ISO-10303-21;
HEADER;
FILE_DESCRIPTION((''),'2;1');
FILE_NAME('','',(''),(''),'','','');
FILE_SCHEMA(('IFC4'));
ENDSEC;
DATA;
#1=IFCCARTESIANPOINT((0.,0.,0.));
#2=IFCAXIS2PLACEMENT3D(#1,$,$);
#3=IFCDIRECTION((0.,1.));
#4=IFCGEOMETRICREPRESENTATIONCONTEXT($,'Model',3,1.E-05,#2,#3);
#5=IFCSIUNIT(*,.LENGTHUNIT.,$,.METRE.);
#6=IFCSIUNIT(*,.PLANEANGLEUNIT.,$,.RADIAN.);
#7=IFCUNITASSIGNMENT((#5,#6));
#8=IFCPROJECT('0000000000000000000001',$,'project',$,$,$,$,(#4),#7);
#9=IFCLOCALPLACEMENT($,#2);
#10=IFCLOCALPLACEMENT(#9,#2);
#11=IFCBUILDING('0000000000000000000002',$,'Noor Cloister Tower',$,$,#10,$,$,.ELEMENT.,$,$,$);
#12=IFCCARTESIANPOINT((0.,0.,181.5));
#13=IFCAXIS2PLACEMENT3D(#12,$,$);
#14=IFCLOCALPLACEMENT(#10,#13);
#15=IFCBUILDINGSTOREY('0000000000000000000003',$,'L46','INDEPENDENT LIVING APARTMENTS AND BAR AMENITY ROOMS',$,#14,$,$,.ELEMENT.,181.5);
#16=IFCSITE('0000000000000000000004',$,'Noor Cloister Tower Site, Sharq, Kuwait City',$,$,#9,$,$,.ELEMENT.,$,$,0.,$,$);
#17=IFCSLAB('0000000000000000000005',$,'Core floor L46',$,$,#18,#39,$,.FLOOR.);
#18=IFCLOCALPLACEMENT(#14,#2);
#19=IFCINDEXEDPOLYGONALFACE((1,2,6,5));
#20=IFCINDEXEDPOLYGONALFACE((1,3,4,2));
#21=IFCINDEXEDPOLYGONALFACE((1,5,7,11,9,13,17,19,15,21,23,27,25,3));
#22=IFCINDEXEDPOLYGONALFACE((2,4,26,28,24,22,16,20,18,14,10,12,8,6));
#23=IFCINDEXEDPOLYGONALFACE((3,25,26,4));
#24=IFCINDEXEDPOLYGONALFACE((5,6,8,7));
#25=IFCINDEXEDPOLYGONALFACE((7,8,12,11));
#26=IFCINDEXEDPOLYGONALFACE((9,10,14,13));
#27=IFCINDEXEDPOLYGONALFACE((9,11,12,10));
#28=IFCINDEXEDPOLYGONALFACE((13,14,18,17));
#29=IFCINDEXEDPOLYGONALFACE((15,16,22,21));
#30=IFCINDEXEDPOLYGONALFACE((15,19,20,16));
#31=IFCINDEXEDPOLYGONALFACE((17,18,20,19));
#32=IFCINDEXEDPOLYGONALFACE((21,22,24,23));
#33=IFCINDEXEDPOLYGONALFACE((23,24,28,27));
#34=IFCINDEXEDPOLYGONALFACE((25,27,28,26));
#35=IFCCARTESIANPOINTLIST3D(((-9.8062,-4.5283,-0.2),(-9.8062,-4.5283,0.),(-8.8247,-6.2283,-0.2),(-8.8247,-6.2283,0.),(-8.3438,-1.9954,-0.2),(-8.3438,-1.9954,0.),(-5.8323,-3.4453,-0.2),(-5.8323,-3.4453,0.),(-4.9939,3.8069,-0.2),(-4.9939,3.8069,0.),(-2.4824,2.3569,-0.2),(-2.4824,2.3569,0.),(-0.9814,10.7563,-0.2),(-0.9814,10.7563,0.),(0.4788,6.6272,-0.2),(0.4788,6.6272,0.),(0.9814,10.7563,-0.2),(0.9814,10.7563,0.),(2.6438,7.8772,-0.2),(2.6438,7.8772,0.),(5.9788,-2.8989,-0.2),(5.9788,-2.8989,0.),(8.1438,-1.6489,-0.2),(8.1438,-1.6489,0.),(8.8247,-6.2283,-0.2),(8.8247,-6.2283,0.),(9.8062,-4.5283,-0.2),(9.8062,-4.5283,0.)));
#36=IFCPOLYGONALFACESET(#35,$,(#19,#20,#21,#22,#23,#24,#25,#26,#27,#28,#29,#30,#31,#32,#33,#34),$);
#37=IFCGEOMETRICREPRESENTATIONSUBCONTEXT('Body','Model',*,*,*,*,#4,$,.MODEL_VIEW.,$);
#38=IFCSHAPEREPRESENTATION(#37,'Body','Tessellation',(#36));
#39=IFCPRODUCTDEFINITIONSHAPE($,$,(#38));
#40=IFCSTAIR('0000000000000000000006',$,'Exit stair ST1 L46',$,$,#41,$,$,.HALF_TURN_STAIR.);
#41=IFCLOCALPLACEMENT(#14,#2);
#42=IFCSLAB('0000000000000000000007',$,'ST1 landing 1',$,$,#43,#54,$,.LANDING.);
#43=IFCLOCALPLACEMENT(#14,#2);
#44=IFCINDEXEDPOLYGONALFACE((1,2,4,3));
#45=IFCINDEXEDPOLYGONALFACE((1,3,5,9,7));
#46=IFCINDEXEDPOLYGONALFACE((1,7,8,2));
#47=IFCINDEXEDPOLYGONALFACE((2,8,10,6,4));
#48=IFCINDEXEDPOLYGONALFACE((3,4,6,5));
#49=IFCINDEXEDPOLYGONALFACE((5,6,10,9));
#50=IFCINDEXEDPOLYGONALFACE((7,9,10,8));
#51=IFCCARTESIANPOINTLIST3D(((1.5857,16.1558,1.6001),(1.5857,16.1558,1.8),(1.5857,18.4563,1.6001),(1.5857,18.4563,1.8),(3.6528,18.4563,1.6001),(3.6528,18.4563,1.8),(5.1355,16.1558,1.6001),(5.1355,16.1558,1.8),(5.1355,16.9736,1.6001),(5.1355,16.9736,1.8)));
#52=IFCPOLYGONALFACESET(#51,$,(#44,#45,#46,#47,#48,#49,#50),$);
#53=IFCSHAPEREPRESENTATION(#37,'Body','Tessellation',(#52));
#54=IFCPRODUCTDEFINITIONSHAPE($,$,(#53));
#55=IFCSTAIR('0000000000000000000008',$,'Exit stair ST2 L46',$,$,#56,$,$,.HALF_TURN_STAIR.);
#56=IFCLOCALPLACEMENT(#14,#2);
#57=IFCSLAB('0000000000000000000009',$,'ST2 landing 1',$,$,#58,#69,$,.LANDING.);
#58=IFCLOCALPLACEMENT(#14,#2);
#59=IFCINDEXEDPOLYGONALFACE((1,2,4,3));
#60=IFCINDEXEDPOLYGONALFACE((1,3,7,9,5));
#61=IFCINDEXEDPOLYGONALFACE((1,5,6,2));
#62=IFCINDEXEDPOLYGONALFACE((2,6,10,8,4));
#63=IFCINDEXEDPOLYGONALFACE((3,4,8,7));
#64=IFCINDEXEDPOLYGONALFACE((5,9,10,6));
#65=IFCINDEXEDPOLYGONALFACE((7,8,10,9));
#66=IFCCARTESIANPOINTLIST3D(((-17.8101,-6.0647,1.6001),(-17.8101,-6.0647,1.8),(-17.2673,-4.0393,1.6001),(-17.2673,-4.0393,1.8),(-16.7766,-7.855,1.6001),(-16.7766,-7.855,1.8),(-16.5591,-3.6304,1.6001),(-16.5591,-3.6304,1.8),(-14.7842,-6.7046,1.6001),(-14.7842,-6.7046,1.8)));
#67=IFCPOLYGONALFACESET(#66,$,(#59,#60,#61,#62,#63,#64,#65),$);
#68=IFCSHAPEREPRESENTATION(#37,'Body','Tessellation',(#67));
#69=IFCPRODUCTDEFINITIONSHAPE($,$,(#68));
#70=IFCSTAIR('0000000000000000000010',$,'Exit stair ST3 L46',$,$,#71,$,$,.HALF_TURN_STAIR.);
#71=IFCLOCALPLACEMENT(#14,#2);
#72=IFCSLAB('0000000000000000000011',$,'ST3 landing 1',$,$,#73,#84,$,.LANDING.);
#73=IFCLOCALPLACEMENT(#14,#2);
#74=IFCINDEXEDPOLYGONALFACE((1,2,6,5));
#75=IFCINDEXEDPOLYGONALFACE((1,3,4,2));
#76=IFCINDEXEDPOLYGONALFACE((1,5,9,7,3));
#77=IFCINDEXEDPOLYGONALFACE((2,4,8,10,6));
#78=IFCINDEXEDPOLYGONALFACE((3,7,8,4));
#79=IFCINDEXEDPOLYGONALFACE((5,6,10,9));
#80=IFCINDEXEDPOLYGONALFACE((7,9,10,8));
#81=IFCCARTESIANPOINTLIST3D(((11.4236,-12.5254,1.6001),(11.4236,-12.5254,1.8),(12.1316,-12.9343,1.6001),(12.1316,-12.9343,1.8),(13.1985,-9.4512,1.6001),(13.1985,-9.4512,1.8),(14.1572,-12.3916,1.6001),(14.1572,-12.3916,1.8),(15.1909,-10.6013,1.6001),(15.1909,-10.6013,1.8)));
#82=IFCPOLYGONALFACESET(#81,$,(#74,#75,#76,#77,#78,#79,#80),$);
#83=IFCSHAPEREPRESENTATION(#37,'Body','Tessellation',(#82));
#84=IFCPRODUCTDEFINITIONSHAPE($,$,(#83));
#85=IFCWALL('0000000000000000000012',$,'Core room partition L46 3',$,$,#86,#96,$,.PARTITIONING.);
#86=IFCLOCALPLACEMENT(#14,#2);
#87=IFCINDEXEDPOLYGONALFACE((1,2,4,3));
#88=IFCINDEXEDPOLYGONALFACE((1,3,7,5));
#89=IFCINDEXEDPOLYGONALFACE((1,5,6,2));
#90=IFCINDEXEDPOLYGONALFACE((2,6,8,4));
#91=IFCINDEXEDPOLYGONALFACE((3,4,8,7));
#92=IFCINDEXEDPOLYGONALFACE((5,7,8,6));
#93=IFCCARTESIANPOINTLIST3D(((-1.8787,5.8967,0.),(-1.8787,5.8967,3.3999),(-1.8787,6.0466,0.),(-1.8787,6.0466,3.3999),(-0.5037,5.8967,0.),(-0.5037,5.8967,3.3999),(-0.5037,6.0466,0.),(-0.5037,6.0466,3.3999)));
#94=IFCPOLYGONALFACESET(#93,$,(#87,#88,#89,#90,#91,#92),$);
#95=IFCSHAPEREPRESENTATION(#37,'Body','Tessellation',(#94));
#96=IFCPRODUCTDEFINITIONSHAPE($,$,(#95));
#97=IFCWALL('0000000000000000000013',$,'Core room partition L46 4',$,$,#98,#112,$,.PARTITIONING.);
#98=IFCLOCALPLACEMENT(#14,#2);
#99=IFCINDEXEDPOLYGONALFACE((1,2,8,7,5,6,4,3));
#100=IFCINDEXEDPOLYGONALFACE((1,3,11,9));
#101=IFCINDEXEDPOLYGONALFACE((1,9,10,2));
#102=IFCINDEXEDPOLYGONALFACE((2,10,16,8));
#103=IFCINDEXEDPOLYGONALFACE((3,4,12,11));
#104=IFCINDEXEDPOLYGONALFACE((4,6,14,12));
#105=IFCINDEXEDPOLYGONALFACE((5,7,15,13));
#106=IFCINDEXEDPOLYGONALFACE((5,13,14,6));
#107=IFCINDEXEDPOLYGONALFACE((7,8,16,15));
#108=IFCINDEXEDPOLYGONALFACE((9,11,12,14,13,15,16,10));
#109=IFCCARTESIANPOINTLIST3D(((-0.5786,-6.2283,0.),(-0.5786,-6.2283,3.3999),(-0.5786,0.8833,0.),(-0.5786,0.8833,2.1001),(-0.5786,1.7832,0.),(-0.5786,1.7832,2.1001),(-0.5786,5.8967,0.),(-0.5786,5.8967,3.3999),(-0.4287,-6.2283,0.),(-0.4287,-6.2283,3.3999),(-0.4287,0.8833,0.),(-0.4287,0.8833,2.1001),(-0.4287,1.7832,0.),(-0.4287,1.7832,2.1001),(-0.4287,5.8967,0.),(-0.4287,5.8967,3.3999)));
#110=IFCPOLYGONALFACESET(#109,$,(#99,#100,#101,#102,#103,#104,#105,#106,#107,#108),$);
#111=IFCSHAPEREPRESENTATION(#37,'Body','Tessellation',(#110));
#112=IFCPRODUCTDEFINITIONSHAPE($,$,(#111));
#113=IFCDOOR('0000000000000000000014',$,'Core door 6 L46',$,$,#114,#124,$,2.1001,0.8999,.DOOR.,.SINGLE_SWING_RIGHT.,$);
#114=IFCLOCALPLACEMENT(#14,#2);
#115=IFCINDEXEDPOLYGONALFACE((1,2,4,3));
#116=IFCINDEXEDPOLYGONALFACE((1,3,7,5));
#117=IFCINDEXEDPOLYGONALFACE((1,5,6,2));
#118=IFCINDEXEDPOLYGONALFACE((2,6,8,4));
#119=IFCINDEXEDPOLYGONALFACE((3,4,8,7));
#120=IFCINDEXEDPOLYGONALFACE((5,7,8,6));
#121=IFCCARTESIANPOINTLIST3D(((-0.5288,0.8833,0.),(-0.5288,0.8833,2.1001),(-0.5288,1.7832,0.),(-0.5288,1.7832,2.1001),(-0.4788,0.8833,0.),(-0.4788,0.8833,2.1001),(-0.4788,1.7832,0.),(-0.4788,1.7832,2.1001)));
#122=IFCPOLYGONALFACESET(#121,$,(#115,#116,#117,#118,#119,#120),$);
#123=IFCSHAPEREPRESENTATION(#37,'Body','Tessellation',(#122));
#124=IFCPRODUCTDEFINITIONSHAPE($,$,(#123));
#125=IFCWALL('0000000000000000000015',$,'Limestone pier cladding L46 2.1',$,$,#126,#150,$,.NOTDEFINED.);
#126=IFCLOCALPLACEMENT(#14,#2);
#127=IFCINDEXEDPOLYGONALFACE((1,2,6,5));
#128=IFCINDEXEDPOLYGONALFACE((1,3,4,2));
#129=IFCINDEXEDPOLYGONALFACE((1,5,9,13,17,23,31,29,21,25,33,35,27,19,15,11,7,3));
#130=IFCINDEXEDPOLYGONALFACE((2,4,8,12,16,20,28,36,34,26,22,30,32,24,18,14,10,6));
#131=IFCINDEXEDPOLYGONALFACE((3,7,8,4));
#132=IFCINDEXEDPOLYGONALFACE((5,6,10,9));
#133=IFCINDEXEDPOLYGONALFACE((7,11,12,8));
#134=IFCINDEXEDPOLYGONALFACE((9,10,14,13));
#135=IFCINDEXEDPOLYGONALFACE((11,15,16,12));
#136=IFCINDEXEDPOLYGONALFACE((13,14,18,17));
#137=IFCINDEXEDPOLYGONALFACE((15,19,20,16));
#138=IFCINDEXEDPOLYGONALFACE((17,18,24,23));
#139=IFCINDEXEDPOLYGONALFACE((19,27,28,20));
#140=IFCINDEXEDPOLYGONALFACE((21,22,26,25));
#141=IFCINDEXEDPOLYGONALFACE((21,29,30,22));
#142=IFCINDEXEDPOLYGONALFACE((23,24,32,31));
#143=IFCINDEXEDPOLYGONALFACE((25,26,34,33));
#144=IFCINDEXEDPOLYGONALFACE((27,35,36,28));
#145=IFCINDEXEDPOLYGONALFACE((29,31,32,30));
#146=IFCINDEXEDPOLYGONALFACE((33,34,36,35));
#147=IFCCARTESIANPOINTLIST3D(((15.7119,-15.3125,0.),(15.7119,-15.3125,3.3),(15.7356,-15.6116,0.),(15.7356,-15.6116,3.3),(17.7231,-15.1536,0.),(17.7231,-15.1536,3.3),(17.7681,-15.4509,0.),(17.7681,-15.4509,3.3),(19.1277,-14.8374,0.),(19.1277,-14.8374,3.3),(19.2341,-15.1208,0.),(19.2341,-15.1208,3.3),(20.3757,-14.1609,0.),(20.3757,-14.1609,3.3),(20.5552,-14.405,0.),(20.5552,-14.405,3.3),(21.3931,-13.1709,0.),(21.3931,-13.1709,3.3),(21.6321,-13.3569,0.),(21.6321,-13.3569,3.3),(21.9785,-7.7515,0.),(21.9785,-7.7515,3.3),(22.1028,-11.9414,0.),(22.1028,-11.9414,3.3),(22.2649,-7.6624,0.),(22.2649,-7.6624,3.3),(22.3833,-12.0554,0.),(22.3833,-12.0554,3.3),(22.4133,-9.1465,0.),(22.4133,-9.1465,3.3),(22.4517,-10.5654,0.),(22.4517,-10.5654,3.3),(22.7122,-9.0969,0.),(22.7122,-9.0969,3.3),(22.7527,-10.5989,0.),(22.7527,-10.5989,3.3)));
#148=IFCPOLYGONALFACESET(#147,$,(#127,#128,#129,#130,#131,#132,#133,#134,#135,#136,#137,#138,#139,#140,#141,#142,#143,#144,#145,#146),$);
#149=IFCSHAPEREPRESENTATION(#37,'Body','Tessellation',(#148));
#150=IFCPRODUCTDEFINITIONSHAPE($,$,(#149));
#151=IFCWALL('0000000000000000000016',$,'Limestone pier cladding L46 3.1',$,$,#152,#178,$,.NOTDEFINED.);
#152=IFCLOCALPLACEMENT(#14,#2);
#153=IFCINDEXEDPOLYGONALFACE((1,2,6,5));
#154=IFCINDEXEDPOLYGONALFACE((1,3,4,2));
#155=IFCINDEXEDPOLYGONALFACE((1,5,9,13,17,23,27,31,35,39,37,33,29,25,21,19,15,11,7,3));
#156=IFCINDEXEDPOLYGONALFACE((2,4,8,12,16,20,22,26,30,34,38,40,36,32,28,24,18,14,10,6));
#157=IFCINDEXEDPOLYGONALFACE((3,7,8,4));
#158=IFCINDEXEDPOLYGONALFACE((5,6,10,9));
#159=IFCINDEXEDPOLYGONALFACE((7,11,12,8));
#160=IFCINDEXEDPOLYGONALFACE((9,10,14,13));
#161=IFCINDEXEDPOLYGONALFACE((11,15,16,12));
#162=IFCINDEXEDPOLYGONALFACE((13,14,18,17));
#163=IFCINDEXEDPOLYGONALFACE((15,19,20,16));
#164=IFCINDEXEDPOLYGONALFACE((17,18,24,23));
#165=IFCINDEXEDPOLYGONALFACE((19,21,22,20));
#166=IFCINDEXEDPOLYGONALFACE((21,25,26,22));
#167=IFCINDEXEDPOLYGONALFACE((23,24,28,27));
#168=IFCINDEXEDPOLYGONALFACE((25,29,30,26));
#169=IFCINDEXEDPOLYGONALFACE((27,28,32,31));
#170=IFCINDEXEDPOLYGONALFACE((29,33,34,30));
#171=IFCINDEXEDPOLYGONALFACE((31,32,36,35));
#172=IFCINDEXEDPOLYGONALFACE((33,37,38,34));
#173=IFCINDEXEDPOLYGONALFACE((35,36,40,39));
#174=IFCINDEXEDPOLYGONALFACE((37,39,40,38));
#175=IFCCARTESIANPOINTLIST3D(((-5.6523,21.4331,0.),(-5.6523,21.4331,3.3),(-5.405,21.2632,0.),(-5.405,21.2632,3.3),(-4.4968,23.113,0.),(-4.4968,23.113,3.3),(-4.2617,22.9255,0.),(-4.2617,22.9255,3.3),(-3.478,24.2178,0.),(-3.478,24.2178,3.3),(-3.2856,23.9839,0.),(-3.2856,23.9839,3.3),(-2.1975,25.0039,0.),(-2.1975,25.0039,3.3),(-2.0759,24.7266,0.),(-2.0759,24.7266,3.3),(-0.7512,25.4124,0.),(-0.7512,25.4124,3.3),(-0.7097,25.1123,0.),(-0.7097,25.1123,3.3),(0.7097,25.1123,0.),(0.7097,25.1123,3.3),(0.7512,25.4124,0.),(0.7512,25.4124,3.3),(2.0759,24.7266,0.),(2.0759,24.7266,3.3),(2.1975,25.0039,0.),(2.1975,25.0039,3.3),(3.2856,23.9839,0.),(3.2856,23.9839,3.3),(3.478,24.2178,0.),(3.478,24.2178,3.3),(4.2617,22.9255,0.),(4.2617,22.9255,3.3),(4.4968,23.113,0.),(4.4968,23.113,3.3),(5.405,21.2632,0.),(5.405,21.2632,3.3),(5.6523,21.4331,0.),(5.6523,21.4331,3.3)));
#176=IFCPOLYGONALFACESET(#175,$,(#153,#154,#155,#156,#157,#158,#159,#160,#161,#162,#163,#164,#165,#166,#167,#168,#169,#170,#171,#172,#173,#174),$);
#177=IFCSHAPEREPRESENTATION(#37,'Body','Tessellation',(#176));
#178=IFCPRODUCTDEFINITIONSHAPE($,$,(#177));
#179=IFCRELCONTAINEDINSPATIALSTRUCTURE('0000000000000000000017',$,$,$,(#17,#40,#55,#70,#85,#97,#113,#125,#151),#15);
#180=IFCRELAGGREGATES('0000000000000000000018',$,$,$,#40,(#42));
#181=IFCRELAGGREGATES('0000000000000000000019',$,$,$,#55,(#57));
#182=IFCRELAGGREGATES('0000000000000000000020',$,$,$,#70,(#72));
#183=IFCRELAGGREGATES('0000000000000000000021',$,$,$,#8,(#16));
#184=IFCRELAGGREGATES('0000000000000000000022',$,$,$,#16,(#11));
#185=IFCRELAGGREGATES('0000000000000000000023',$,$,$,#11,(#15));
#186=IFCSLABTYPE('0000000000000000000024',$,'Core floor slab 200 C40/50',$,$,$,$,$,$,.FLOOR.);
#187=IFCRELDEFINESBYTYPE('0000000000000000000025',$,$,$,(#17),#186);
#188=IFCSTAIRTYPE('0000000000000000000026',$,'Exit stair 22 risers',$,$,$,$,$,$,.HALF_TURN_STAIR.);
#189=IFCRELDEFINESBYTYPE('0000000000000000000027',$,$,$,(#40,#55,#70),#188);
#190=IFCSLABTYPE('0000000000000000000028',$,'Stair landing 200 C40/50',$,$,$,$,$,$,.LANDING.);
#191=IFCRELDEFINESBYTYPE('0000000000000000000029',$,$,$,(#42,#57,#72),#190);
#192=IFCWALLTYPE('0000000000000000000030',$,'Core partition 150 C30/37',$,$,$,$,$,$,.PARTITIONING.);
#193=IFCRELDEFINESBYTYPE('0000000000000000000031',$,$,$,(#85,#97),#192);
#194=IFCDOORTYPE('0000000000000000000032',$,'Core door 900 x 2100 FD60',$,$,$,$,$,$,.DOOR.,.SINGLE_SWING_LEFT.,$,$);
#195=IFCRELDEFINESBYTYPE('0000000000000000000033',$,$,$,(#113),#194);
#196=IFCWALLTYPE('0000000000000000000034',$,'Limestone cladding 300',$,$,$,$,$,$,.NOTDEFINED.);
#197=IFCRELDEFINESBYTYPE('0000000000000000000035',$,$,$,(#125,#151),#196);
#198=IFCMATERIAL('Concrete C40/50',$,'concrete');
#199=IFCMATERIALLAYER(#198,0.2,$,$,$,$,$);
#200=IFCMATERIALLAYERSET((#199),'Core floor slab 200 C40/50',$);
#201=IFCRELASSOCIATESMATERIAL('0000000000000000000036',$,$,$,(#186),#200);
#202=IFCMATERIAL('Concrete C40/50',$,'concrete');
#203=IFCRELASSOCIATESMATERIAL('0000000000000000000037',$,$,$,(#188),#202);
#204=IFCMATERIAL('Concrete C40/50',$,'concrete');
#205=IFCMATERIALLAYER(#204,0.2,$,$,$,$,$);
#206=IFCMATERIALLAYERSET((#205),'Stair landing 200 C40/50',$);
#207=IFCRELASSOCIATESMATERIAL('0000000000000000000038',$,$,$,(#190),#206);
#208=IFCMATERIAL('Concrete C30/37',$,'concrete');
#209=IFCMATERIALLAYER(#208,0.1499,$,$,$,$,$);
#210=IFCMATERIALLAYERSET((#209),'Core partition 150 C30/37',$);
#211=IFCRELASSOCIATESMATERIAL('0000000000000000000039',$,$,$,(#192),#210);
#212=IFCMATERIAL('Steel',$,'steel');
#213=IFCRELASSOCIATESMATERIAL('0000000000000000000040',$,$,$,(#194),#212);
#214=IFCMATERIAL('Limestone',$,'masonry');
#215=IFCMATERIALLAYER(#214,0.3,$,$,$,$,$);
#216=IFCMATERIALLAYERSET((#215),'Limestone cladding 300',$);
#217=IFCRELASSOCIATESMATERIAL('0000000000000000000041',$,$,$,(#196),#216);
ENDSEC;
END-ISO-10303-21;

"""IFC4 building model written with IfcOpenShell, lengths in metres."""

from ifc_helpers import new_model, si_unit, direction, frame, frame_2d, origin, place, context, subcontext, project, spatial, polyline, rectangle, outline, extrude, material, layer, layer_set, type_object, element, fill, aggregate, save


model = new_model("IFC4")

# Units and contexts
model_context = context("Model", 3, precision=1e-05, world=origin(), true_north=direction((0.0, 1.0)))
body_context = subcontext(model_context, "Body", "Model", "MODEL_VIEW")
ifc_project = project(units=[si_unit("LENGTHUNIT", "METRE"), si_unit("PLANEANGLEUNIT", "RADIAN")], contexts=[model_context])

# Site, building, storey
site_placement = place(None, origin())
site = spatial("IfcSite", under=ifc_project, at=site_placement, Name="Noor Cloister Tower Site, Sharq, Kuwait City", CompositionType="ELEMENT", RefElevation=0.0)
building_placement = place(site_placement, origin())
building = spatial("IfcBuilding", under=site, at=building_placement, Name="Noor Cloister Tower", CompositionType="ELEMENT")
storey_placement = place(building_placement, frame((0.0, 0.0, 181.5)))
storey = spatial("IfcBuildingStorey", under=building, at=storey_placement, Name="L46", Description="INDEPENDENT LIVING APARTMENTS AND BAR AMENITY ROOMS", CompositionType="ELEMENT", Elevation=181.5)

# Slab
ifc_material_1 = material(Name="Concrete C40/50", Category="concrete")
ifc_layer_1 = layer(ifc_material_1, 0.2)
ifc_layer_set_1 = layer_set([ifc_layer_1], Name="Core floor slab 200 C40/50")
slab_type_1 = type_object("IfcSlabType", Name="Core floor slab 200 C40/50", PredefinedType="FLOOR", material=ifc_layer_set_1)
slab_1_placement = place(storey_placement, frame((0.0, 0.0, -0.2)))
element("IfcSlab", 1, at=slab_1_placement, inside=storey, type_object=slab_type_1, Name="Core floor L46", PredefinedType="FLOOR", context=body_context, shape_type="SweptSolid", body=[
    extrude(outline(polyline([(2.6438, 7.8772), (0.9814, 10.7563), (-0.9814, 10.7563), (-4.9939, 3.8069), (-2.4824, 2.3569), (-5.8323, -3.4453), (-8.3438, -1.9954), (-9.8062, -4.5283), (-8.8247, -6.2283), (8.8247, -6.2283), (9.8062, -4.5283), (8.1438, -1.6489), (5.9788, -2.8989), (0.4788, 6.6272), (2.6438, 7.8772)])), origin(), (0.0, 0.0, 1.0), 0.2),
])

# Stairs, slabs
ifc_material_2 = material(Name="Concrete C40/50", Category="concrete")
stair_type = type_object("IfcStairType", Name="Exit stair 22 risers", PredefinedType="HALF_TURN_STAIR", material=ifc_material_2)
stair_1_placement = place(storey_placement, origin())
stair_1 = element("IfcStair", 2, at=stair_1_placement, inside=storey, type_object=stair_type, Name="Exit stair ST1 L46", PredefinedType="HALF_TURN_STAIR")
ifc_material_3 = material(Name="Concrete C40/50", Category="concrete")
ifc_layer_2 = layer(ifc_material_3, 0.2)
ifc_layer_set_2 = layer_set([ifc_layer_2], Name="Stair landing 200 C40/50")
slab_type_2 = type_object("IfcSlabType", Name="Stair landing 200 C40/50", PredefinedType="LANDING", material=ifc_layer_set_2)
slab_2_placement = place(storey_placement, frame((0.0, 0.0, 1.6001)))
slab_2 = element("IfcSlab", 3, at=slab_2_placement, type_object=slab_type_2, Name="ST1 landing 1", PredefinedType="LANDING", context=body_context, shape_type="SweptSolid", body=[
    extrude(outline(polyline([(5.1355, 16.1558), (5.1355, 16.9736), (3.6528, 18.4563), (1.5857, 18.4563), (1.5857, 16.1558), (5.1355, 16.1558)])), origin(), (0.0, 0.0, 1.0), 0.2),
])
aggregate(stair_1, [slab_2])
stair_2_placement = place(storey_placement, origin())
stair_2 = element("IfcStair", 4, at=stair_2_placement, inside=storey, type_object=stair_type, Name="Exit stair ST2 L46", PredefinedType="HALF_TURN_STAIR")
slab_3_placement = place(storey_placement, frame((0.0, 0.0, 1.6001)))
slab_3 = element("IfcSlab", 5, at=slab_3_placement, type_object=slab_type_2, Name="ST2 landing 1", PredefinedType="LANDING", context=body_context, shape_type="SweptSolid", body=[
    extrude(outline(polyline([(-16.5591, -3.6304), (-17.2673, -4.0393), (-17.8101, -6.0647), (-16.7766, -7.855), (-14.7842, -6.7046), (-16.5591, -3.6304)])), origin(), (0.0, 0.0, 1.0), 0.2),
])
aggregate(stair_2, [slab_3])
stair_3_placement = place(storey_placement, origin())
stair_3 = element("IfcStair", 6, at=stair_3_placement, inside=storey, type_object=stair_type, Name="Exit stair ST3 L46", PredefinedType="HALF_TURN_STAIR")
slab_4_placement = place(storey_placement, frame((0.0, 0.0, 1.6001)))
slab_4 = element("IfcSlab", 7, at=slab_4_placement, type_object=slab_type_2, Name="ST3 landing 1", PredefinedType="LANDING", context=body_context, shape_type="SweptSolid", body=[
    extrude(outline(polyline([(11.4236, -12.5254), (12.1316, -12.9343), (14.1572, -12.3916), (15.1909, -10.6013), (13.1985, -9.4512), (11.4236, -12.5254)])), origin(), (0.0, 0.0, 1.0), 0.2),
])
aggregate(stair_3, [slab_4])

# Wall
ifc_material_4 = material(Name="Concrete C30/37", Category="concrete")
ifc_layer_3 = layer(ifc_material_4, 0.1499)
ifc_layer_set_3 = layer_set([ifc_layer_3], Name="Core partition 150 C30/37")
wall_type_1 = type_object("IfcWallType", Name="Core partition 150 C30/37", PredefinedType="PARTITIONING", material=ifc_layer_set_3)
wall_1_placement = place(storey_placement, frame((-1.8787, 5.9717, 0.0), z_axis=(0.0, 0.0, 1.0), x_axis=(1.0, 0.0, 0.0)))
element("IfcWall", 8, at=wall_1_placement, inside=storey, type_object=wall_type_1, Name="Core room partition L46 3", PredefinedType="PARTITIONING", context=body_context, shape_type="SweptSolid", body=[
    extrude(rectangle(XDim=1.375, YDim=0.1499, at=frame_2d((0.6875, 0.0))), origin(), (0.0, 0.0, 1.0), 3.3999),
])

# Wall, opening, door
wall_2_placement = place(storey_placement, frame((-0.5037, 5.8967, 0.0), z_axis=(0.0, 0.0, 1.0), x_axis=(0.0, -1.0, 0.0)))
wall_2 = element("IfcWall", 9, at=wall_2_placement, inside=storey, type_object=wall_type_1, Name="Core room partition L46 4", PredefinedType="PARTITIONING", context=body_context, shape_type="SweptSolid", body=[
    extrude(rectangle(XDim=12.125, YDim=0.1499, at=frame_2d((6.0625, 0.0))), origin(), (0.0, 0.0, 1.0), 3.3999),
])
opening_placement = place(wall_2_placement, frame((4.1135, 0.0, 0.0)))
opening = element("IfcOpeningElement", 10, at=opening_placement, cuts=wall_2, PredefinedType="OPENING", context=body_context, shape_type="SweptSolid", body=[
    extrude(rectangle(XDim=0.8999, YDim=2.1001, at=frame_2d((0.45, 1.05))), frame((0.0, 0.085, 0.0), z_axis=(0.0, -1.0, 0.0), x_axis=(1.0, 0.0, 0.0)), (0.0, 0.0, 1.0), 0.1699),
])
ifc_material_5 = material(Name="Steel", Category="steel")
door_type = type_object("IfcDoorType", Name="Core door 900 x 2100 FD60", OperationType="SINGLE_SWING_LEFT", PredefinedType="DOOR", material=ifc_material_5)
door_placement = place(opening_placement, origin())
door = element("IfcDoor", 11, at=door_placement, inside=storey, type_object=door_type, Name="Core door 6 L46", OperationType="SINGLE_SWING_RIGHT", OverallHeight=2.1001, OverallWidth=0.8999, PredefinedType="DOOR", context=body_context, shape_type="SweptSolid", body=[
    extrude(rectangle(XDim=0.8999, YDim=2.1001, at=frame_2d((0.45, 1.05))), frame((0.0, 0.0249, 0.0), z_axis=(0.0, -1.0, 0.0), x_axis=(1.0, 0.0, 0.0)), (0.0, 0.0, 1.0), 0.05),
])
fill(opening, door)

# Walls
ifc_material_6 = material(Name="Limestone", Category="masonry")
ifc_layer_4 = layer(ifc_material_6, 0.3)
ifc_layer_set_4 = layer_set([ifc_layer_4], Name="Limestone cladding 300")
wall_type_2 = type_object("IfcWallType", Name="Limestone cladding 300", PredefinedType="NOTDEFINED", material=ifc_layer_set_4)
wall_3_placement = place(storey_placement, origin())
element("IfcWall", 12, at=wall_3_placement, inside=storey, type_object=wall_type_2, Name="Limestone pier cladding L46 2.1", PredefinedType="NOTDEFINED", context=body_context, shape_type="SweptSolid", body=[
    extrude(outline(polyline([(15.7356, -15.6116), (17.7681, -15.4509), (19.2341, -15.1208), (20.5552, -14.405), (21.6321, -13.3569), (22.3833, -12.0554), (22.7527, -10.5989), (22.7122, -9.0969), (22.2649, -7.6624), (21.9785, -7.7515), (22.4133, -9.1465), (22.4517, -10.5654), (22.1028, -11.9414), (21.3931, -13.1709), (20.3757, -14.1609), (19.1277, -14.8374), (17.7231, -15.1536), (15.7119, -15.3125), (15.7356, -15.6116)])), origin(), (0.0, 0.0, 1.0), 3.3),
])
wall_4_placement = place(storey_placement, origin())
element("IfcWall", 13, at=wall_4_placement, inside=storey, type_object=wall_type_2, Name="Limestone pier cladding L46 3.1", PredefinedType="NOTDEFINED", context=body_context, shape_type="SweptSolid", body=[
    extrude(outline(polyline([(5.6523, 21.4331), (4.4968, 23.113), (3.478, 24.2178), (2.1975, 25.0039), (0.7512, 25.4124), (-0.7512, 25.4124), (-2.1975, 25.0039), (-3.478, 24.2178), (-4.4968, 23.113), (-5.6523, 21.4331), (-5.405, 21.2632), (-4.2617, 22.9255), (-3.2856, 23.9839), (-2.0759, 24.7266), (-0.7097, 25.1123), (0.7097, 25.1123), (2.0759, 24.7266), (3.2856, 23.9839), (4.2617, 22.9255), (5.405, 21.2632), (5.6523, 21.4331)])), origin(), (0.0, 0.0, 1.0), 3.3),
])

save(model, "model.ifc")
